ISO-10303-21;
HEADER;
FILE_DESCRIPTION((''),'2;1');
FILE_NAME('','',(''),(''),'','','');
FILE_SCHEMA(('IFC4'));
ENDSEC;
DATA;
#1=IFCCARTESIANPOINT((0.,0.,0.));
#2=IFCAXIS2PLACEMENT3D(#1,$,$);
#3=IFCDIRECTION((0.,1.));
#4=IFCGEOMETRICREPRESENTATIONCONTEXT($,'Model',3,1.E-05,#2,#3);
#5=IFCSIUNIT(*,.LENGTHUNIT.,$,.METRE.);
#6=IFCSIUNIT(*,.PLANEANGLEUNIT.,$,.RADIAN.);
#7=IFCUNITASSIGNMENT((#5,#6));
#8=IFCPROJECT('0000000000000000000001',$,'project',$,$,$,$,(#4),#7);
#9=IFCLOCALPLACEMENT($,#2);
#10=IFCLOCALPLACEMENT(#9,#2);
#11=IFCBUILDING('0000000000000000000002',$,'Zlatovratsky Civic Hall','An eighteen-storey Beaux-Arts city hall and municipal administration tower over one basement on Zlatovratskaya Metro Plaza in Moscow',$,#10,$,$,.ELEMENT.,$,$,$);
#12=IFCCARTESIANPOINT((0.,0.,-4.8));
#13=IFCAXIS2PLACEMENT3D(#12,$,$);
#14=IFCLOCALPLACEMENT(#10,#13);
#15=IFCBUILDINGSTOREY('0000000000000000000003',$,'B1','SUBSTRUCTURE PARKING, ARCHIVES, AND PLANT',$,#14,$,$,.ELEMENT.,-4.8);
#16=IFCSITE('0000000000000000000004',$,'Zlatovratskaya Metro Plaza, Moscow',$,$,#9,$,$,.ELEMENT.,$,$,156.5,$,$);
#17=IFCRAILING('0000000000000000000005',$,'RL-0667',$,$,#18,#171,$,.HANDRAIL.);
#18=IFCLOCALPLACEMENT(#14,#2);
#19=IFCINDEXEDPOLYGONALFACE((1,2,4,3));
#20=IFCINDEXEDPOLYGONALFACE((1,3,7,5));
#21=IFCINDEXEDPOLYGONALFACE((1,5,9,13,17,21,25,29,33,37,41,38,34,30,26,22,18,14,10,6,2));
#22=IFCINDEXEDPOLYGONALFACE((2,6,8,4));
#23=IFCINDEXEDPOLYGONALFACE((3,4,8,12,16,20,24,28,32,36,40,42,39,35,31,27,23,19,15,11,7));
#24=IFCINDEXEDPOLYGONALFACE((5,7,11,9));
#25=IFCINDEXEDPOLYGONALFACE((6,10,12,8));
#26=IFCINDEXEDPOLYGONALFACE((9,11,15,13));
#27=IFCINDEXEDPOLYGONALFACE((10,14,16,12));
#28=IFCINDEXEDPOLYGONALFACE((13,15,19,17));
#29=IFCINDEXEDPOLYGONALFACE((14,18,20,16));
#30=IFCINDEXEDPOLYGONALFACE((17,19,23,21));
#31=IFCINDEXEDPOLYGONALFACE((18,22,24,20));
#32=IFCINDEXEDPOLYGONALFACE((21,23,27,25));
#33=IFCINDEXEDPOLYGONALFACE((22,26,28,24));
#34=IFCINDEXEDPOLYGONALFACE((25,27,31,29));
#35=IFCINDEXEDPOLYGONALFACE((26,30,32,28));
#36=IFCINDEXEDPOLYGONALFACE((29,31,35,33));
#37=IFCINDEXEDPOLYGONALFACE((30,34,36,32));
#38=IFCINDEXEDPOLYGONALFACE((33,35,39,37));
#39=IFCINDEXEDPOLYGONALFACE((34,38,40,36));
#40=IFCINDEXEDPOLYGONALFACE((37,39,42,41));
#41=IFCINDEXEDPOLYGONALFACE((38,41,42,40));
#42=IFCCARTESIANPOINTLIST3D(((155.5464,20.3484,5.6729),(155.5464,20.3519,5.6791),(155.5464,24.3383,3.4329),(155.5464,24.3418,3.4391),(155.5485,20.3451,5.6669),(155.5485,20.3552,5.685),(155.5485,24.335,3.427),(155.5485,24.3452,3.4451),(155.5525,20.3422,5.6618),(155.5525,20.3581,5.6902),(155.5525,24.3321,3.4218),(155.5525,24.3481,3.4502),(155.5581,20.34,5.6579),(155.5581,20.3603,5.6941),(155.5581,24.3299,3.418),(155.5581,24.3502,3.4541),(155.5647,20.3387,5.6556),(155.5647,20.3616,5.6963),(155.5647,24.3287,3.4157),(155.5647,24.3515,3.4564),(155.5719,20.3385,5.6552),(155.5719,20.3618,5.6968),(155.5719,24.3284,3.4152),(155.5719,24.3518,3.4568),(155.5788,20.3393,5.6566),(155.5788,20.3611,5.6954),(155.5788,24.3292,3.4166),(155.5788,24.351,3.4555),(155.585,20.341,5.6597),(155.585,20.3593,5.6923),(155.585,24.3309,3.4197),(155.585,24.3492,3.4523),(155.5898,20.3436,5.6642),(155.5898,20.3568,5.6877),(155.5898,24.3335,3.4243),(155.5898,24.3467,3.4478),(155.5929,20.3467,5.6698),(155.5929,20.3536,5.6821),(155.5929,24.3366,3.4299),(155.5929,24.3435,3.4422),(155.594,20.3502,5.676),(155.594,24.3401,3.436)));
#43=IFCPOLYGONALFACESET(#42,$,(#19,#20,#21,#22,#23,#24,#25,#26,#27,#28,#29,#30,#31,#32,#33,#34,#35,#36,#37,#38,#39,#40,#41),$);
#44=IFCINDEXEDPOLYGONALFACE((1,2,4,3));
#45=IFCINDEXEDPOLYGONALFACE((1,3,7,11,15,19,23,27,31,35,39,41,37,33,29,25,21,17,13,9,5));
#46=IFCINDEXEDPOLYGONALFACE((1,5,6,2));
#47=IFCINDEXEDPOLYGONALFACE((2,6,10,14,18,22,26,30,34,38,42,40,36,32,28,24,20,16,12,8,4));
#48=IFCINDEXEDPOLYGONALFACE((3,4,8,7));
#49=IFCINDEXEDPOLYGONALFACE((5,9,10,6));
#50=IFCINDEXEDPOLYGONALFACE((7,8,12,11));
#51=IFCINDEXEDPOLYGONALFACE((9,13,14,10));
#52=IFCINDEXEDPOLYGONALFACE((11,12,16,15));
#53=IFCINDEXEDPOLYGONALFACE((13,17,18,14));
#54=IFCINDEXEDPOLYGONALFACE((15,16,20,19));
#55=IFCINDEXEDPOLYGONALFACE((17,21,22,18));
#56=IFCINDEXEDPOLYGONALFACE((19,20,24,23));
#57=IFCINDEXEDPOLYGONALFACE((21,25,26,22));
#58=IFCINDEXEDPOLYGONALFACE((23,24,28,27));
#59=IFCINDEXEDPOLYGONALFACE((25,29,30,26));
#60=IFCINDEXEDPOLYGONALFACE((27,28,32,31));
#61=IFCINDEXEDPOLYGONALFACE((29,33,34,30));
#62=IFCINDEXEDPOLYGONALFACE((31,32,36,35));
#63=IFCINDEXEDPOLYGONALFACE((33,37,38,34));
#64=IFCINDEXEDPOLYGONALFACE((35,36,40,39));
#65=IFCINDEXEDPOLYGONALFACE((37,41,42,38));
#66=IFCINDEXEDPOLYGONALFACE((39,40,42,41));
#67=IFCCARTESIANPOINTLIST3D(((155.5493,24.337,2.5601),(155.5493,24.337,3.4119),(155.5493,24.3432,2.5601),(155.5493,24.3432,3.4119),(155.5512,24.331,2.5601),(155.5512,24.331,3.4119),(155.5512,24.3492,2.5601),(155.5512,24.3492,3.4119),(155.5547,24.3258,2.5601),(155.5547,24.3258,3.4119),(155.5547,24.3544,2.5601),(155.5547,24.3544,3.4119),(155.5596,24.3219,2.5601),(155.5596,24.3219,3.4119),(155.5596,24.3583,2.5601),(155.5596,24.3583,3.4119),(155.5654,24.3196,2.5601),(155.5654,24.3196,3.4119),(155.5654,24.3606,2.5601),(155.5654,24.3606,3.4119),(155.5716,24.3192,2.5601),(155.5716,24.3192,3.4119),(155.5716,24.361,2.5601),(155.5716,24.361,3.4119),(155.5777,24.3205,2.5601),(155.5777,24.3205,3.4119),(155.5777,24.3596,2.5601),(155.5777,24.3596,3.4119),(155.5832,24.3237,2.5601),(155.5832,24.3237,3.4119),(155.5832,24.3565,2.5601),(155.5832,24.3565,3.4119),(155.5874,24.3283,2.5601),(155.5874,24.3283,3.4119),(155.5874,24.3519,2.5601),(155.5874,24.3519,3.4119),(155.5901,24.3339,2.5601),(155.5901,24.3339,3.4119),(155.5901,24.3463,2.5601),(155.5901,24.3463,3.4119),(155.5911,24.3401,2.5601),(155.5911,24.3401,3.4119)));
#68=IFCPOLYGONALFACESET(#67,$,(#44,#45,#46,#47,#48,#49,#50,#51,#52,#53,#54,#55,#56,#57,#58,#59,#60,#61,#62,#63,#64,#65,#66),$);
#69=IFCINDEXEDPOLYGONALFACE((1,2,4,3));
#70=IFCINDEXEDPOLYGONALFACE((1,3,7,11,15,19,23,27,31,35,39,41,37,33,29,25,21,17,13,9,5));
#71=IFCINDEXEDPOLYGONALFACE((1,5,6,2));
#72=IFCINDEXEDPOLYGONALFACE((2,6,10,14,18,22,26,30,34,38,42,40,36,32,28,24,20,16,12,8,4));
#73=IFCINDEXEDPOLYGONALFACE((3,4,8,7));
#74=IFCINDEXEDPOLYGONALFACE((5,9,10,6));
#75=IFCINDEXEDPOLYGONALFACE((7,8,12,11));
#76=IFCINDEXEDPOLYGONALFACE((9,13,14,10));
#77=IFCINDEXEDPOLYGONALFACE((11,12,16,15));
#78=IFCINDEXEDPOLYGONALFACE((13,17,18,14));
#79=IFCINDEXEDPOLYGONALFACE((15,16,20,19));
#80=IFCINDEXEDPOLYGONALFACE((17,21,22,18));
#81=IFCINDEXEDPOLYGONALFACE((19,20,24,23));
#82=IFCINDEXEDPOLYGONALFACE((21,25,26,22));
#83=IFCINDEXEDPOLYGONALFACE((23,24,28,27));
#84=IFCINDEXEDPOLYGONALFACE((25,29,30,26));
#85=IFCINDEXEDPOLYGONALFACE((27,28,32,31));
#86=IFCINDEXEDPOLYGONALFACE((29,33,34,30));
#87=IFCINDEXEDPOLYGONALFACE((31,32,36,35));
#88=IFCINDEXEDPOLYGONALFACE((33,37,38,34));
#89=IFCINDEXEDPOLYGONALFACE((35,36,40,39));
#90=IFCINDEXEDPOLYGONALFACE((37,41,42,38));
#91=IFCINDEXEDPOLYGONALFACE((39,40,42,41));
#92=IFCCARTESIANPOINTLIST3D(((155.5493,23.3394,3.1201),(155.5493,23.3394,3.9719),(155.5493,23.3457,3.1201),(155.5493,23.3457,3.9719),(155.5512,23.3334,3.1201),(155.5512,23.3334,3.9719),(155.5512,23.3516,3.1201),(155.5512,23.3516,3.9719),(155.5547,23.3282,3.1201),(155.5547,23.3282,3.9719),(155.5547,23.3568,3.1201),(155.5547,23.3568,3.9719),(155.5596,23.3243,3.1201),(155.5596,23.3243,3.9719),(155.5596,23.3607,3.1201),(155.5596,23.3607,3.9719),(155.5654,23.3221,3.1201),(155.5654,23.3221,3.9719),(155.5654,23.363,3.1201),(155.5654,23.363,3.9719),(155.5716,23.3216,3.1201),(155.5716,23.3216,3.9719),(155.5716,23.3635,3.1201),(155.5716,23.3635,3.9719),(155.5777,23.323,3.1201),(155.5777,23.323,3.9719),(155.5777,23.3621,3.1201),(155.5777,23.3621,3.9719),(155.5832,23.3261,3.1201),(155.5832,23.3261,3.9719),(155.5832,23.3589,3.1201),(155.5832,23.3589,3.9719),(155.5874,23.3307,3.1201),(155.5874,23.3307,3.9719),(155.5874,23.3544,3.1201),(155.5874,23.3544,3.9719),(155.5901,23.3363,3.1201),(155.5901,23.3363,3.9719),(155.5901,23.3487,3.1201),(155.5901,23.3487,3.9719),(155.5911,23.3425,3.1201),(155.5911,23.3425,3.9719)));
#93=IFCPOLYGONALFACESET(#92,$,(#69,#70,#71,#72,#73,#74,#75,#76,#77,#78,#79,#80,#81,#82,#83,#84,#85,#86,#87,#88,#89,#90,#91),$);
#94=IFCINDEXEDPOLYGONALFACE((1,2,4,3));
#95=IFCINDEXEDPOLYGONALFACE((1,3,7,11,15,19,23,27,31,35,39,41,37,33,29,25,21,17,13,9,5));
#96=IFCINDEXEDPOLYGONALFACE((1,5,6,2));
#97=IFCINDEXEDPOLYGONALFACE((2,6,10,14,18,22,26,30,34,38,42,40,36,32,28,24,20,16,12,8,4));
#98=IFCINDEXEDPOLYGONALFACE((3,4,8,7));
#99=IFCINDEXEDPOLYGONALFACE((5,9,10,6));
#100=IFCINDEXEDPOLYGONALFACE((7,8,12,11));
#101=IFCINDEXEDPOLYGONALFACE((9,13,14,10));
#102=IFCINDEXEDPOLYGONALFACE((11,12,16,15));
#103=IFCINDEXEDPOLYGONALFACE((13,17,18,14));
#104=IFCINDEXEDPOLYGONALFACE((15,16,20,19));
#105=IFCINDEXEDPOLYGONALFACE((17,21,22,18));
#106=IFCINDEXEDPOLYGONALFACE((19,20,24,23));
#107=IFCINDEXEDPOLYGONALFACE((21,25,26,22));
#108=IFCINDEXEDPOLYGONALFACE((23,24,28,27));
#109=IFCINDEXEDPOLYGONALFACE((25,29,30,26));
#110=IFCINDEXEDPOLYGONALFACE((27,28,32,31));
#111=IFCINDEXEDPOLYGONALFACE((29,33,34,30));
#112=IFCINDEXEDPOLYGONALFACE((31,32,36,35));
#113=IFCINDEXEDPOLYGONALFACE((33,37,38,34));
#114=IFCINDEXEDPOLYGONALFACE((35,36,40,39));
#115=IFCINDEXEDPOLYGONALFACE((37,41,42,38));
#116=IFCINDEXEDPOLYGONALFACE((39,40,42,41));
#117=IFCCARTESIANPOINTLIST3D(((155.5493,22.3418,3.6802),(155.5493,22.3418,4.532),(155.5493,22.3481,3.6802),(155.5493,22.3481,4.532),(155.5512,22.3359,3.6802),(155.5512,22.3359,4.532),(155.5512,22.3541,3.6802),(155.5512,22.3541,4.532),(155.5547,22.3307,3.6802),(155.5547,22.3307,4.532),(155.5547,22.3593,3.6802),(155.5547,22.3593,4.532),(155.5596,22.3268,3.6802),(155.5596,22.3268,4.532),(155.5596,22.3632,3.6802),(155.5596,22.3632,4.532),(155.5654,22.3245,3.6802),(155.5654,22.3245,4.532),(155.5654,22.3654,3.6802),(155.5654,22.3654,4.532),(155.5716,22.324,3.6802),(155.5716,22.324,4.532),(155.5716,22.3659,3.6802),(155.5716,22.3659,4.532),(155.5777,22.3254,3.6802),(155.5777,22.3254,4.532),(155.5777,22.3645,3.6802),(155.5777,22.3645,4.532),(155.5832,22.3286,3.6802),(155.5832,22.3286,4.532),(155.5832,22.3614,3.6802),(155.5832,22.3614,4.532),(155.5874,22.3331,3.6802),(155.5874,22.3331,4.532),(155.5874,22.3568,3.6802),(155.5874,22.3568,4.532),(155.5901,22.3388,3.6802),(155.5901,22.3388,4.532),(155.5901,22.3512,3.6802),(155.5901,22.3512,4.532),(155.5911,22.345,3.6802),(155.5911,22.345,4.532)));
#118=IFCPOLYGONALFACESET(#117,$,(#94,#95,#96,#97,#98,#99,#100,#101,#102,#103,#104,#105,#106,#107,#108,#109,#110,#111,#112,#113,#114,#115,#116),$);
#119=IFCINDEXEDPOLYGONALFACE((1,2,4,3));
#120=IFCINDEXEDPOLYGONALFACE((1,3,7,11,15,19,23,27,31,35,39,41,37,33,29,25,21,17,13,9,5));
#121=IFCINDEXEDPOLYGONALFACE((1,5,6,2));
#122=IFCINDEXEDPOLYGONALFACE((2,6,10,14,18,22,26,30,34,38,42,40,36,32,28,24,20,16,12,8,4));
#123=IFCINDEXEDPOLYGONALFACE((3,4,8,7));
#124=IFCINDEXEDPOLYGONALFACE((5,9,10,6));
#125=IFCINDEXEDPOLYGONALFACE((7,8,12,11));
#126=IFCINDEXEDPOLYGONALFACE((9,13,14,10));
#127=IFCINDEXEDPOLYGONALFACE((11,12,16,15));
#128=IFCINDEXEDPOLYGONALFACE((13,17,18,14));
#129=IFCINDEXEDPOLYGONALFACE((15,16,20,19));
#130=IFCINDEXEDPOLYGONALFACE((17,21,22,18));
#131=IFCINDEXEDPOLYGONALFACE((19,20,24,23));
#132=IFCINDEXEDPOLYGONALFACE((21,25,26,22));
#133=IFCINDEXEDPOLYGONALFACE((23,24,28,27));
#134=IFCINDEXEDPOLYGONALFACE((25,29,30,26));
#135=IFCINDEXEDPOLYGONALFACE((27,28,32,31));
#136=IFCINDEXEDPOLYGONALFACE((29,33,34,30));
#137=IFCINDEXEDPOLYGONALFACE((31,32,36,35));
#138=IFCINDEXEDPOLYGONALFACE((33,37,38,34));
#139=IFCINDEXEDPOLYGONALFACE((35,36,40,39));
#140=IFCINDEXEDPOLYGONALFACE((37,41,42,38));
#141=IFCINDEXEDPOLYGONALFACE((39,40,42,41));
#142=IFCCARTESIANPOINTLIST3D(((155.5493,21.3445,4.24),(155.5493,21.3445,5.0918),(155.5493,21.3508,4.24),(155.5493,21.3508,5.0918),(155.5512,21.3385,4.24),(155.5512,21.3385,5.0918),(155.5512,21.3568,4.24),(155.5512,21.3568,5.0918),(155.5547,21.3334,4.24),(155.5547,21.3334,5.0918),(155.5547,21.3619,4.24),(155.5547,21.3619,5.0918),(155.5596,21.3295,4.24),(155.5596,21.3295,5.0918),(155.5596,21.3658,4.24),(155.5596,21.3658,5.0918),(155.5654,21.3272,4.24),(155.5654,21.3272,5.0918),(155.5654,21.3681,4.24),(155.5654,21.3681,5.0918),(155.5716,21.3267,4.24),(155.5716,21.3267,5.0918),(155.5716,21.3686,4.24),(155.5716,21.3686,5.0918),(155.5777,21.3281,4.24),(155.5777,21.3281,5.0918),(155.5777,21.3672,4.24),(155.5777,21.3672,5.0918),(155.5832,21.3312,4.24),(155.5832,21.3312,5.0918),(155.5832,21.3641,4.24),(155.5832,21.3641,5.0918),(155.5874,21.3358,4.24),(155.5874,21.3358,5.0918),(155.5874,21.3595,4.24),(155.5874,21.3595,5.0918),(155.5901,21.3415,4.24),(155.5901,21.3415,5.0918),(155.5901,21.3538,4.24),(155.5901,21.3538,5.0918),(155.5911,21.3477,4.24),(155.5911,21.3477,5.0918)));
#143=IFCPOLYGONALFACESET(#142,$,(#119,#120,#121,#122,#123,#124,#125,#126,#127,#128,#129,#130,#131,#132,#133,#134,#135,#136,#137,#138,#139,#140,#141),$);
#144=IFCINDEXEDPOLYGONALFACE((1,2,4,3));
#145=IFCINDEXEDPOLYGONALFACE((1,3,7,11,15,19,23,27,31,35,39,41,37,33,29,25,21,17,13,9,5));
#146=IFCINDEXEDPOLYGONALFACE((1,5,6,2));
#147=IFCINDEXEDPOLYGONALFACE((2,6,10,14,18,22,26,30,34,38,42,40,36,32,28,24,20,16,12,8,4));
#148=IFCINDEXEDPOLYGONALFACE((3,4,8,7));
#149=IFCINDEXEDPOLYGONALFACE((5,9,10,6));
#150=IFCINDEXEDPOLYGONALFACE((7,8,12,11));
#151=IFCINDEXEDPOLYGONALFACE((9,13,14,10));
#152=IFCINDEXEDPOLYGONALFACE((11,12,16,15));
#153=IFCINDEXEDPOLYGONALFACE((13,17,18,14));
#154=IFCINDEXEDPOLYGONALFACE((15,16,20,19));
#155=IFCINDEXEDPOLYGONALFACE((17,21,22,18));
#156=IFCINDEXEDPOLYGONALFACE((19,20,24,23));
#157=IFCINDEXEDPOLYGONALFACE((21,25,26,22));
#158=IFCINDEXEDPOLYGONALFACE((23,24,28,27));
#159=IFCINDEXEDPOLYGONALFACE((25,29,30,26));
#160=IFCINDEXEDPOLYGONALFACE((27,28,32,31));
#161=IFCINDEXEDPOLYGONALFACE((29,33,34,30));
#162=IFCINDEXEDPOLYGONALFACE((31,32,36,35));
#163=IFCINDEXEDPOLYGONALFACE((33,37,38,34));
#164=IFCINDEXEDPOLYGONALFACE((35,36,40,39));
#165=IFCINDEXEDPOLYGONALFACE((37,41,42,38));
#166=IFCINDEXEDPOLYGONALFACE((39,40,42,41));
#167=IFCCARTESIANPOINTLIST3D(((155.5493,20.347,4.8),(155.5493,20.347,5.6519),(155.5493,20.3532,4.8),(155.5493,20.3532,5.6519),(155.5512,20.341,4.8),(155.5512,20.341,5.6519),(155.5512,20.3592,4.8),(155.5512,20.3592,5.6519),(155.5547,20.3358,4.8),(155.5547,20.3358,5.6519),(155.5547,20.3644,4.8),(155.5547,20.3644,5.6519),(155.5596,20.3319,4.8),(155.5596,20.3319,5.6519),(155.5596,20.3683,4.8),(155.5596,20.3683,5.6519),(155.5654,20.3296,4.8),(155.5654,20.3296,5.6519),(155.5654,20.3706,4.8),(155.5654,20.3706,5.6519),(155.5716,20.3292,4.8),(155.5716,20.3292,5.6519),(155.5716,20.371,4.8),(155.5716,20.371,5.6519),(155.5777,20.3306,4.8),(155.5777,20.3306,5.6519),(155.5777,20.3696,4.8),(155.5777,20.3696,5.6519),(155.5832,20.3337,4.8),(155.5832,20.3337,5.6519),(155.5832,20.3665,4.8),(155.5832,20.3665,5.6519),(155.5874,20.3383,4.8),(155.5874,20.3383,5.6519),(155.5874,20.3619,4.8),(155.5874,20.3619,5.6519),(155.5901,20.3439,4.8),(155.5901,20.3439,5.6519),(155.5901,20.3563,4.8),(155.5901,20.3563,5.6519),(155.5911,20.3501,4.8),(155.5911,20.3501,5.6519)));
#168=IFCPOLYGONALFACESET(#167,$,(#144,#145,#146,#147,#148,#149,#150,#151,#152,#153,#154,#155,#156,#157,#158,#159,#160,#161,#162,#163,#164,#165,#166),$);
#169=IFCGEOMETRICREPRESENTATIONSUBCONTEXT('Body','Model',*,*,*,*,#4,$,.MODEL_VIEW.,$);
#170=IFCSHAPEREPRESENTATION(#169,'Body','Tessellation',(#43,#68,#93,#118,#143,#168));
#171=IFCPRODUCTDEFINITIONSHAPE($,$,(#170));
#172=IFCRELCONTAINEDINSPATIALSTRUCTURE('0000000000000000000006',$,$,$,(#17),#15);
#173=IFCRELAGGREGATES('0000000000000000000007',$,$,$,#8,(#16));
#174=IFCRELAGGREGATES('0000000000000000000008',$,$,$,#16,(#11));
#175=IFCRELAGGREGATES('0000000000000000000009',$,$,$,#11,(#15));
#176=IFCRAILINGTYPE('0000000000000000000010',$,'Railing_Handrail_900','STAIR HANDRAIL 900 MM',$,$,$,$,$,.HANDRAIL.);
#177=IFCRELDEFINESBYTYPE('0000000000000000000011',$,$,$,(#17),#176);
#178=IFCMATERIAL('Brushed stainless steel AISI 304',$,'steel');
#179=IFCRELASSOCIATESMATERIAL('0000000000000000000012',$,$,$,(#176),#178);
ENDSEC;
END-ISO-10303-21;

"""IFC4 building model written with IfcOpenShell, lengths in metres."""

from ifc_helpers import new_model, si_unit, direction, frame, origin, origin_2d, place, context, subcontext, project, spatial, circle, extrude, material, type_object, element, save


model = new_model("IFC4")

# Units and contexts
model_context = context("Model", 3, precision=1e-05, world=origin(), true_north=direction((0.0, 1.0)))
body_context = subcontext(model_context, "Body", "Model", "MODEL_VIEW")
ifc_project = project(units=[si_unit("LENGTHUNIT", "METRE"), si_unit("PLANEANGLEUNIT", "RADIAN")], contexts=[model_context])

# Site, building, storey
site_placement = place(None, origin())
site = spatial("IfcSite", under=ifc_project, at=site_placement, Name="Zlatovratskaya Metro Plaza, Moscow", CompositionType="ELEMENT", RefElevation=156.5)
building_placement = place(site_placement, origin())
building = spatial("IfcBuilding", under=site, at=building_placement, Name="Zlatovratsky Civic Hall", Description="An eighteen-storey Beaux-Arts city hall and municipal administration tower over one basement on Zlatovratskaya Metro Plaza in Moscow", CompositionType="ELEMENT")
storey_placement = place(building_placement, frame((0.0, 0.0, -4.8)))
storey = spatial("IfcBuildingStorey", under=building, at=storey_placement, Name="B1", Description="SUBSTRUCTURE PARKING, ARCHIVES, AND PLANT", CompositionType="ELEMENT", Elevation=-4.8)

# Railing
ifc_material_1 = material(Name="Brushed stainless steel AISI 304", Category="steel")
railing_type_1 = type_object("IfcRailingType", Name="Railing_Handrail_900", Description="STAIR HANDRAIL 900 MM", PredefinedType="HANDRAIL", material=ifc_material_1)
railing_1_placement = place(storey_placement, frame((155.5701, 24.3401, 2.5601)))
element("IfcRailing", 1, at=railing_1_placement, inside=storey, type_object=railing_type_1, Name="RL-0667", PredefinedType="HANDRAIL", context=body_context, shape_type="SweptSolid", body=[
    extrude(circle(Radius=0.0239, at=origin_2d()), frame((0.0, 0.0, 0.876), z_axis=(0.0, -0.871984, 0.489534), x_axis=(1.0, 0.0, 0.0)), (0.0, 0.0, 1.0), 4.5757),
    extrude(circle(Radius=0.021, at=origin_2d()), origin(), (0.0, 0.0, 1.0), 0.8518),
    extrude(circle(Radius=0.021, at=origin_2d()), frame((0.0, -0.9976, 0.5601)), (0.0, 0.0, 1.0), 0.8518),
    extrude(circle(Radius=0.021, at=origin_2d()), frame((0.0, -1.9951, 1.1201)), (0.0, 0.0, 1.0), 0.8518),
    extrude(circle(Radius=0.021, at=origin_2d()), frame((0.0, -2.9924, 1.6799)), (0.0, 0.0, 1.0), 0.8518),
    extrude(circle(Radius=0.021, at=origin_2d()), frame((0.0, -3.99, 2.24)), (0.0, 0.0, 1.0), 0.8518),
])

save(model, "model.ifc")
